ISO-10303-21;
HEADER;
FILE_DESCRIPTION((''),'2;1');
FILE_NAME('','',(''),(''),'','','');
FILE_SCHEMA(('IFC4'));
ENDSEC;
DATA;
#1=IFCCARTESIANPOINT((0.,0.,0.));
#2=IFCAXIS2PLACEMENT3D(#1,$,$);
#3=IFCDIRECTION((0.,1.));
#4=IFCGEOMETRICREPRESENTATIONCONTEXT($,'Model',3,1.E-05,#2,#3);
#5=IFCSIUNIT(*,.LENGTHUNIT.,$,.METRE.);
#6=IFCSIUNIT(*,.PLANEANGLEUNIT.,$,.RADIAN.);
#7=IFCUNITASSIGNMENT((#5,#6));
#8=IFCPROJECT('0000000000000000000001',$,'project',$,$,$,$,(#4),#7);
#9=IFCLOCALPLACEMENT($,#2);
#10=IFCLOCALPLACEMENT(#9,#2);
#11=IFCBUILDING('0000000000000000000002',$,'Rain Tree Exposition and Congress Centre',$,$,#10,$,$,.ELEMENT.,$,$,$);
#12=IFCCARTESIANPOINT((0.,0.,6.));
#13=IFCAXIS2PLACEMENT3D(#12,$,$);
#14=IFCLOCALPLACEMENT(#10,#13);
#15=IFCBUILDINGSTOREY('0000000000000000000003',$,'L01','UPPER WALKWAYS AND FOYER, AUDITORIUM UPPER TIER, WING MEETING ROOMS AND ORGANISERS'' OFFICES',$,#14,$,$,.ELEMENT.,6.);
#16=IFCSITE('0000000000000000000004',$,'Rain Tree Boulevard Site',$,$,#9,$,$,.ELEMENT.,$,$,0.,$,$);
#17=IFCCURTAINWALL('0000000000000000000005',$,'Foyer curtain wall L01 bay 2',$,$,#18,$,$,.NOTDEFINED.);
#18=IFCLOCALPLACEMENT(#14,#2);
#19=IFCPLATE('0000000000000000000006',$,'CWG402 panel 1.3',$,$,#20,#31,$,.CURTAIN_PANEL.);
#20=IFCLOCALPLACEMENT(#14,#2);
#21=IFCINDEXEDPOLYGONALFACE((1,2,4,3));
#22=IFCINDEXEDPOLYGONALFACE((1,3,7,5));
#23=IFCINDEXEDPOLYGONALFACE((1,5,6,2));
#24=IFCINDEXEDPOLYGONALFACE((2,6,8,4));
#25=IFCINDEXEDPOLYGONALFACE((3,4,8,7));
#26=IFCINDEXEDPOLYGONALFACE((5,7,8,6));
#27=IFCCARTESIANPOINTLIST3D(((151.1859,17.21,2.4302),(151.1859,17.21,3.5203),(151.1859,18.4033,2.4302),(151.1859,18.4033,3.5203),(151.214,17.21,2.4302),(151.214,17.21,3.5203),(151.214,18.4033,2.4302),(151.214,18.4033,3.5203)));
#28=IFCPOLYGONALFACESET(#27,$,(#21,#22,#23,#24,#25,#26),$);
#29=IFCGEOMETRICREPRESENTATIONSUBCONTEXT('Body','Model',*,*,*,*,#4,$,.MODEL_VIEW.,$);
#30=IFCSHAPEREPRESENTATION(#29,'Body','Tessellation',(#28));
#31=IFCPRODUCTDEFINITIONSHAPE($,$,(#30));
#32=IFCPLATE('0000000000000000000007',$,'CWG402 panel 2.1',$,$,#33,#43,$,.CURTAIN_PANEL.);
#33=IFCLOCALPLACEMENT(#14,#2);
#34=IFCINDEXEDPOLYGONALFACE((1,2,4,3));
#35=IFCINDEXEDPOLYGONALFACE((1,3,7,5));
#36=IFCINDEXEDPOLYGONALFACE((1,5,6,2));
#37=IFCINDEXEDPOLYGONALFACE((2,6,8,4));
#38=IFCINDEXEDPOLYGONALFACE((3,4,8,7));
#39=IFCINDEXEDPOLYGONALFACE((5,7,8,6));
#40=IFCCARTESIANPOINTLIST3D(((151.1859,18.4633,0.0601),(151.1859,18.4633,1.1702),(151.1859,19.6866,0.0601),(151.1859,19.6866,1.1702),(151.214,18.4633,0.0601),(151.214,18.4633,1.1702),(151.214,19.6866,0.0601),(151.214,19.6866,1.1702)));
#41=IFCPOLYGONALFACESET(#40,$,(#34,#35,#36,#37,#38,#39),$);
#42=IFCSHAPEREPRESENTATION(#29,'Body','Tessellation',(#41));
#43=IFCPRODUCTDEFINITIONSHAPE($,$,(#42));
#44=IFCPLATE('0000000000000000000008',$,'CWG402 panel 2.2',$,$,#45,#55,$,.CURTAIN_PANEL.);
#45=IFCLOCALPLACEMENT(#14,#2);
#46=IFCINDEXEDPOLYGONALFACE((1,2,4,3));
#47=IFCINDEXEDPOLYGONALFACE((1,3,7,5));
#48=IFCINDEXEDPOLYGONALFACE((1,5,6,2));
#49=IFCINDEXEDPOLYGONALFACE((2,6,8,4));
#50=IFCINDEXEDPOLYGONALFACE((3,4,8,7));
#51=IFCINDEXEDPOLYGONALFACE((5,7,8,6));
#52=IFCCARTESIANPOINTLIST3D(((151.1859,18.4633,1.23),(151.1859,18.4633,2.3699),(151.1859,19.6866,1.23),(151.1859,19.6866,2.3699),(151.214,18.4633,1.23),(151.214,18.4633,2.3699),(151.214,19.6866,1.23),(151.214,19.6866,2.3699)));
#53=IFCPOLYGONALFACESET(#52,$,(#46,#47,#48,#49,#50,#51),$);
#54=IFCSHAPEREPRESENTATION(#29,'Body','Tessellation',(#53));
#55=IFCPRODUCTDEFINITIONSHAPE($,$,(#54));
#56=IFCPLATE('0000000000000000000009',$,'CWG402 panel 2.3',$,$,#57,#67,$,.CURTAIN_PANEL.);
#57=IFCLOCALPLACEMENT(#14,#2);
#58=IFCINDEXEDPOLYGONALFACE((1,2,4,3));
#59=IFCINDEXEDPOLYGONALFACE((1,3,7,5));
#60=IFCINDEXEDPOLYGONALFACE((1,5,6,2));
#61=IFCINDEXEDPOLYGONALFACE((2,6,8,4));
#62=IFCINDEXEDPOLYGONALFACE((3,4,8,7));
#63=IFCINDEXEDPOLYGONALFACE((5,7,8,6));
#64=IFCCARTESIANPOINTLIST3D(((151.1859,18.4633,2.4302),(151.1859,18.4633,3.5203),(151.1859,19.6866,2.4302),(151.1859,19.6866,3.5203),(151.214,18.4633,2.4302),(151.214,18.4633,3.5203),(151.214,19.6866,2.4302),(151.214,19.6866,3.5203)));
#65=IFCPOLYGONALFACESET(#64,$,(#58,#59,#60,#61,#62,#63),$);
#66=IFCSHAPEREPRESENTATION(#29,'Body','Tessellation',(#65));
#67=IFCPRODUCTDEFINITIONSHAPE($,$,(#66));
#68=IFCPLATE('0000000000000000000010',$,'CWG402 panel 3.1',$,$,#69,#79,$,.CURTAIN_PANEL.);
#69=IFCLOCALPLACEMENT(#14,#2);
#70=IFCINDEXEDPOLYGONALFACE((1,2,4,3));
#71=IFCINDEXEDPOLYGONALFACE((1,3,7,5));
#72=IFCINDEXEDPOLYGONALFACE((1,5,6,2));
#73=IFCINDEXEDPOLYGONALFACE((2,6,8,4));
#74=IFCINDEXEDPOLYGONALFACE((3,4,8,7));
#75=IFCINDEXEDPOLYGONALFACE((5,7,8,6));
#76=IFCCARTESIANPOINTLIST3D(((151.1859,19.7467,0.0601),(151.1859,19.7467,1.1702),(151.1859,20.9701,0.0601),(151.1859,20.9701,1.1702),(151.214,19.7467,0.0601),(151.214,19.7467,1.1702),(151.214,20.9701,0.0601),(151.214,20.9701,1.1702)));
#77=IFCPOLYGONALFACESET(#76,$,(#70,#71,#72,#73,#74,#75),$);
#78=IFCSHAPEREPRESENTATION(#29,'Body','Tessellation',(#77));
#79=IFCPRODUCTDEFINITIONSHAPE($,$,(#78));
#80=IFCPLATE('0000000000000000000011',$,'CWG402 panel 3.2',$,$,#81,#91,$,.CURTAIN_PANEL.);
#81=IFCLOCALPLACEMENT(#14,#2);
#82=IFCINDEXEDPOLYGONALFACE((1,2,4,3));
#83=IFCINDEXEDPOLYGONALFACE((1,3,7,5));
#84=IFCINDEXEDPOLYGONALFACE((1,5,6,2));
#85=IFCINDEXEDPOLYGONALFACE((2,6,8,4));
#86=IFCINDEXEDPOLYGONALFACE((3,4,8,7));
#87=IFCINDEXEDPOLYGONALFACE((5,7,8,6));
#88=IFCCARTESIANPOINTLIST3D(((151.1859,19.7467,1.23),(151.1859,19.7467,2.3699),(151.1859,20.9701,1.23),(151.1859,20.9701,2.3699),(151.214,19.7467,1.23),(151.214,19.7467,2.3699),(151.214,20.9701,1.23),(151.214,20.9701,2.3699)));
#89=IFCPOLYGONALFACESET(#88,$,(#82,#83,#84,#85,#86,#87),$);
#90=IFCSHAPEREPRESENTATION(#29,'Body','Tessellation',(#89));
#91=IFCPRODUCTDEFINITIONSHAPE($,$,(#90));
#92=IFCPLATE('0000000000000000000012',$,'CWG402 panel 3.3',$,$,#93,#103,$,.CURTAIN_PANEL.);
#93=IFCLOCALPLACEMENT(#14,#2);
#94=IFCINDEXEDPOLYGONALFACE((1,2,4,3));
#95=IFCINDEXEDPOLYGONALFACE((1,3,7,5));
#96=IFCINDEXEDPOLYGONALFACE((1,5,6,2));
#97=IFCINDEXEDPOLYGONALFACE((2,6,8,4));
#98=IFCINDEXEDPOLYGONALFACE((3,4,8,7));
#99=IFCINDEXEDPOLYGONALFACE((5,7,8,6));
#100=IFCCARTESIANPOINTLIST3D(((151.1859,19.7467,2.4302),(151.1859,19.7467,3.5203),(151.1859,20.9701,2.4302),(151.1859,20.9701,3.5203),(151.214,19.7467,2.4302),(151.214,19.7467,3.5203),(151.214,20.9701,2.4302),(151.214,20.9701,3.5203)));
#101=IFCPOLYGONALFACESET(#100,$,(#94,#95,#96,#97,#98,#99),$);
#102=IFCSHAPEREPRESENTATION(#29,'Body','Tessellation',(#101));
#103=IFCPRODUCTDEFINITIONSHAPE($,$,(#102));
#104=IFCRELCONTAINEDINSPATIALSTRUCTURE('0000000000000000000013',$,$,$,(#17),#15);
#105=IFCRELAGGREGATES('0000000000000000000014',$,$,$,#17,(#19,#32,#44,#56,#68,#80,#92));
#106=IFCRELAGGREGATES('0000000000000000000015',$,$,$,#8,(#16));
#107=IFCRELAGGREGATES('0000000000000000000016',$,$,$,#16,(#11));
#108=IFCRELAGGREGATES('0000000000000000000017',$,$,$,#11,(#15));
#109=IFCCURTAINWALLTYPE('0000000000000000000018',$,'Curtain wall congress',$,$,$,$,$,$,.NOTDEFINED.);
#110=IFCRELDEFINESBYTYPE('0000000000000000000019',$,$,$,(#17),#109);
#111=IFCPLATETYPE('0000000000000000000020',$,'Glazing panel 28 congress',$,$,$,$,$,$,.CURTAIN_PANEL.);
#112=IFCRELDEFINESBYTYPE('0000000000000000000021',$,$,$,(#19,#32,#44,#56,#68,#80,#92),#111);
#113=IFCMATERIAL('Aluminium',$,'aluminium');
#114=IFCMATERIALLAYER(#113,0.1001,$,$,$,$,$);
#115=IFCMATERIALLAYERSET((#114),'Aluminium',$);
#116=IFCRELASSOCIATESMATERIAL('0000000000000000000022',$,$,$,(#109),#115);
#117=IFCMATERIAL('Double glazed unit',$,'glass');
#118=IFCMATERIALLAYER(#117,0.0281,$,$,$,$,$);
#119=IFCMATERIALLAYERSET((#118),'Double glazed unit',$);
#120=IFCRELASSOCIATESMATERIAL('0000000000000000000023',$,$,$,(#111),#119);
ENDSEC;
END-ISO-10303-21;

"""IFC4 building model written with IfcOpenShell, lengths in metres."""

from ifc_helpers import new_model, si_unit, direction, frame, origin, origin_2d, place, context, subcontext, project, spatial, rectangle, extrude, material, layer, layer_set, type_object, element, aggregate, save


model = new_model("IFC4")

# Units and contexts
model_context = context("Model", 3, precision=1e-05, world=origin(), true_north=direction((0.0, 1.0)))
body_context = subcontext(model_context, "Body", "Model", "MODEL_VIEW")
ifc_project = project(units=[si_unit("LENGTHUNIT", "METRE"), si_unit("PLANEANGLEUNIT", "RADIAN")], contexts=[model_context])

# Site, building, storey
site_placement = place(None, origin())
site = spatial("IfcSite", under=ifc_project, at=site_placement, Name="Rain Tree Boulevard Site", CompositionType="ELEMENT", RefElevation=0.0)
building_placement = place(site_placement, origin())
building = spatial("IfcBuilding", under=site, at=building_placement, Name="Rain Tree Exposition and Congress Centre", CompositionType="ELEMENT")
storey_placement = place(building_placement, frame((0.0, 0.0, 6.0)))
storey = spatial("IfcBuildingStorey", under=building, at=storey_placement, Name="L01", Description="UPPER WALKWAYS AND FOYER, AUDITORIUM UPPER TIER, WING MEETING ROOMS AND ORGANISERS' OFFICES", CompositionType="ELEMENT", Elevation=6.0)

# Shared definitions
ifc_material_1 = material(Name="Aluminium", Category="aluminium")
ifc_layer_1 = layer(ifc_material_1, 0.1001)
ifc_layer_set_1 = layer_set([ifc_layer_1], Name="Aluminium")
curtain_wall_type = type_object("IfcCurtainWallType", Name="Curtain wall congress", PredefinedType="NOTDEFINED", material=ifc_layer_set_1)

# Curtain wall
curtain_wall_1_placement = place(storey_placement, origin())
curtain_wall_1 = element("IfcCurtainWall", 1, at=curtain_wall_1_placement, inside=storey, type_object=curtain_wall_type, Name="Foyer curtain wall L01 bay 2", PredefinedType="NOTDEFINED")

# Plates
ifc_material_2 = material(Name="Double glazed unit", Category="glass")
ifc_layer_2 = layer(ifc_material_2, 0.0281)
ifc_layer_set_2 = layer_set([ifc_layer_2], Name="Double glazed unit")
plate_type = type_object("IfcPlateType", Name="Glazing panel 28 congress", PredefinedType="CURTAIN_PANEL", material=ifc_layer_set_2)
plate_1_placement = place(storey_placement, frame((151.2, 17.8066, 2.4302), z_axis=(0.0, 0.0, 1.0), x_axis=(0.0, 1.0, 0.0)))
plate_1 = element("IfcPlate", 2, at=plate_1_placement, type_object=plate_type, Name="CWG402 panel 1.3", PredefinedType="CURTAIN_PANEL", context=body_context, shape_type="SweptSolid", body=[
    extrude(rectangle(XDim=1.1934, YDim=0.0281, at=origin_2d()), origin(), (0.0, 0.0, 1.0), 1.0901),
])
plate_2_placement = place(storey_placement, frame((151.2, 19.075, 0.0601), z_axis=(0.0, 0.0, 1.0), x_axis=(0.0, 1.0, 0.0)))
plate_2 = element("IfcPlate", 3, at=plate_2_placement, type_object=plate_type, Name="CWG402 panel 2.1", PredefinedType="CURTAIN_PANEL", context=body_context, shape_type="SweptSolid", body=[
    extrude(rectangle(XDim=1.2234, YDim=0.0281, at=origin_2d()), origin(), (0.0, 0.0, 1.0), 1.1101),
])
plate_3_placement = place(storey_placement, frame((151.2, 19.075, 1.23), z_axis=(0.0, 0.0, 1.0), x_axis=(0.0, 1.0, 0.0)))
plate_3 = element("IfcPlate", 4, at=plate_3_placement, type_object=plate_type, Name="CWG402 panel 2.2", PredefinedType="CURTAIN_PANEL", context=body_context, shape_type="SweptSolid", body=[
    extrude(rectangle(XDim=1.2234, YDim=0.0281, at=origin_2d()), origin(), (0.0, 0.0, 1.0), 1.1399),
])
plate_4_placement = place(storey_placement, frame((151.2, 19.075, 2.4302), z_axis=(0.0, 0.0, 1.0), x_axis=(0.0, 1.0, 0.0)))
plate_4 = element("IfcPlate", 5, at=plate_4_placement, type_object=plate_type, Name="CWG402 panel 2.3", PredefinedType="CURTAIN_PANEL", context=body_context, shape_type="SweptSolid", body=[
    extrude(rectangle(XDim=1.2234, YDim=0.0281, at=origin_2d()), origin(), (0.0, 0.0, 1.0), 1.0901),
])
plate_5_placement = place(storey_placement, frame((151.2, 20.3584, 0.0601), z_axis=(0.0, 0.0, 1.0), x_axis=(0.0, 1.0, 0.0)))
plate_5 = element("IfcPlate", 6, at=plate_5_placement, type_object=plate_type, Name="CWG402 panel 3.1", PredefinedType="CURTAIN_PANEL", context=body_context, shape_type="SweptSolid", body=[
    extrude(rectangle(XDim=1.2234, YDim=0.0281, at=origin_2d()), origin(), (0.0, 0.0, 1.0), 1.1101),
])
plate_6_placement = place(storey_placement, frame((151.2, 20.3584, 1.23), z_axis=(0.0, 0.0, 1.0), x_axis=(0.0, 1.0, 0.0)))
plate_6 = element("IfcPlate", 7, at=plate_6_placement, type_object=plate_type, Name="CWG402 panel 3.2", PredefinedType="CURTAIN_PANEL", context=body_context, shape_type="SweptSolid", body=[
    extrude(rectangle(XDim=1.2234, YDim=0.0281, at=origin_2d()), origin(), (0.0, 0.0, 1.0), 1.1399),
])
plate_7_placement = place(storey_placement, frame((151.2, 20.3584, 2.4302), z_axis=(0.0, 0.0, 1.0), x_axis=(0.0, 1.0, 0.0)))
plate_7 = element("IfcPlate", 8, at=plate_7_placement, type_object=plate_type, Name="CWG402 panel 3.3", PredefinedType="CURTAIN_PANEL", context=body_context, shape_type="SweptSolid", body=[
    extrude(rectangle(XDim=1.2234, YDim=0.0281, at=origin_2d()), origin(), (0.0, 0.0, 1.0), 1.0901),
])
aggregate(curtain_wall_1, [plate_1, plate_2, plate_3, plate_4, plate_5, plate_6, plate_7])

save(model, "model.ifc")
